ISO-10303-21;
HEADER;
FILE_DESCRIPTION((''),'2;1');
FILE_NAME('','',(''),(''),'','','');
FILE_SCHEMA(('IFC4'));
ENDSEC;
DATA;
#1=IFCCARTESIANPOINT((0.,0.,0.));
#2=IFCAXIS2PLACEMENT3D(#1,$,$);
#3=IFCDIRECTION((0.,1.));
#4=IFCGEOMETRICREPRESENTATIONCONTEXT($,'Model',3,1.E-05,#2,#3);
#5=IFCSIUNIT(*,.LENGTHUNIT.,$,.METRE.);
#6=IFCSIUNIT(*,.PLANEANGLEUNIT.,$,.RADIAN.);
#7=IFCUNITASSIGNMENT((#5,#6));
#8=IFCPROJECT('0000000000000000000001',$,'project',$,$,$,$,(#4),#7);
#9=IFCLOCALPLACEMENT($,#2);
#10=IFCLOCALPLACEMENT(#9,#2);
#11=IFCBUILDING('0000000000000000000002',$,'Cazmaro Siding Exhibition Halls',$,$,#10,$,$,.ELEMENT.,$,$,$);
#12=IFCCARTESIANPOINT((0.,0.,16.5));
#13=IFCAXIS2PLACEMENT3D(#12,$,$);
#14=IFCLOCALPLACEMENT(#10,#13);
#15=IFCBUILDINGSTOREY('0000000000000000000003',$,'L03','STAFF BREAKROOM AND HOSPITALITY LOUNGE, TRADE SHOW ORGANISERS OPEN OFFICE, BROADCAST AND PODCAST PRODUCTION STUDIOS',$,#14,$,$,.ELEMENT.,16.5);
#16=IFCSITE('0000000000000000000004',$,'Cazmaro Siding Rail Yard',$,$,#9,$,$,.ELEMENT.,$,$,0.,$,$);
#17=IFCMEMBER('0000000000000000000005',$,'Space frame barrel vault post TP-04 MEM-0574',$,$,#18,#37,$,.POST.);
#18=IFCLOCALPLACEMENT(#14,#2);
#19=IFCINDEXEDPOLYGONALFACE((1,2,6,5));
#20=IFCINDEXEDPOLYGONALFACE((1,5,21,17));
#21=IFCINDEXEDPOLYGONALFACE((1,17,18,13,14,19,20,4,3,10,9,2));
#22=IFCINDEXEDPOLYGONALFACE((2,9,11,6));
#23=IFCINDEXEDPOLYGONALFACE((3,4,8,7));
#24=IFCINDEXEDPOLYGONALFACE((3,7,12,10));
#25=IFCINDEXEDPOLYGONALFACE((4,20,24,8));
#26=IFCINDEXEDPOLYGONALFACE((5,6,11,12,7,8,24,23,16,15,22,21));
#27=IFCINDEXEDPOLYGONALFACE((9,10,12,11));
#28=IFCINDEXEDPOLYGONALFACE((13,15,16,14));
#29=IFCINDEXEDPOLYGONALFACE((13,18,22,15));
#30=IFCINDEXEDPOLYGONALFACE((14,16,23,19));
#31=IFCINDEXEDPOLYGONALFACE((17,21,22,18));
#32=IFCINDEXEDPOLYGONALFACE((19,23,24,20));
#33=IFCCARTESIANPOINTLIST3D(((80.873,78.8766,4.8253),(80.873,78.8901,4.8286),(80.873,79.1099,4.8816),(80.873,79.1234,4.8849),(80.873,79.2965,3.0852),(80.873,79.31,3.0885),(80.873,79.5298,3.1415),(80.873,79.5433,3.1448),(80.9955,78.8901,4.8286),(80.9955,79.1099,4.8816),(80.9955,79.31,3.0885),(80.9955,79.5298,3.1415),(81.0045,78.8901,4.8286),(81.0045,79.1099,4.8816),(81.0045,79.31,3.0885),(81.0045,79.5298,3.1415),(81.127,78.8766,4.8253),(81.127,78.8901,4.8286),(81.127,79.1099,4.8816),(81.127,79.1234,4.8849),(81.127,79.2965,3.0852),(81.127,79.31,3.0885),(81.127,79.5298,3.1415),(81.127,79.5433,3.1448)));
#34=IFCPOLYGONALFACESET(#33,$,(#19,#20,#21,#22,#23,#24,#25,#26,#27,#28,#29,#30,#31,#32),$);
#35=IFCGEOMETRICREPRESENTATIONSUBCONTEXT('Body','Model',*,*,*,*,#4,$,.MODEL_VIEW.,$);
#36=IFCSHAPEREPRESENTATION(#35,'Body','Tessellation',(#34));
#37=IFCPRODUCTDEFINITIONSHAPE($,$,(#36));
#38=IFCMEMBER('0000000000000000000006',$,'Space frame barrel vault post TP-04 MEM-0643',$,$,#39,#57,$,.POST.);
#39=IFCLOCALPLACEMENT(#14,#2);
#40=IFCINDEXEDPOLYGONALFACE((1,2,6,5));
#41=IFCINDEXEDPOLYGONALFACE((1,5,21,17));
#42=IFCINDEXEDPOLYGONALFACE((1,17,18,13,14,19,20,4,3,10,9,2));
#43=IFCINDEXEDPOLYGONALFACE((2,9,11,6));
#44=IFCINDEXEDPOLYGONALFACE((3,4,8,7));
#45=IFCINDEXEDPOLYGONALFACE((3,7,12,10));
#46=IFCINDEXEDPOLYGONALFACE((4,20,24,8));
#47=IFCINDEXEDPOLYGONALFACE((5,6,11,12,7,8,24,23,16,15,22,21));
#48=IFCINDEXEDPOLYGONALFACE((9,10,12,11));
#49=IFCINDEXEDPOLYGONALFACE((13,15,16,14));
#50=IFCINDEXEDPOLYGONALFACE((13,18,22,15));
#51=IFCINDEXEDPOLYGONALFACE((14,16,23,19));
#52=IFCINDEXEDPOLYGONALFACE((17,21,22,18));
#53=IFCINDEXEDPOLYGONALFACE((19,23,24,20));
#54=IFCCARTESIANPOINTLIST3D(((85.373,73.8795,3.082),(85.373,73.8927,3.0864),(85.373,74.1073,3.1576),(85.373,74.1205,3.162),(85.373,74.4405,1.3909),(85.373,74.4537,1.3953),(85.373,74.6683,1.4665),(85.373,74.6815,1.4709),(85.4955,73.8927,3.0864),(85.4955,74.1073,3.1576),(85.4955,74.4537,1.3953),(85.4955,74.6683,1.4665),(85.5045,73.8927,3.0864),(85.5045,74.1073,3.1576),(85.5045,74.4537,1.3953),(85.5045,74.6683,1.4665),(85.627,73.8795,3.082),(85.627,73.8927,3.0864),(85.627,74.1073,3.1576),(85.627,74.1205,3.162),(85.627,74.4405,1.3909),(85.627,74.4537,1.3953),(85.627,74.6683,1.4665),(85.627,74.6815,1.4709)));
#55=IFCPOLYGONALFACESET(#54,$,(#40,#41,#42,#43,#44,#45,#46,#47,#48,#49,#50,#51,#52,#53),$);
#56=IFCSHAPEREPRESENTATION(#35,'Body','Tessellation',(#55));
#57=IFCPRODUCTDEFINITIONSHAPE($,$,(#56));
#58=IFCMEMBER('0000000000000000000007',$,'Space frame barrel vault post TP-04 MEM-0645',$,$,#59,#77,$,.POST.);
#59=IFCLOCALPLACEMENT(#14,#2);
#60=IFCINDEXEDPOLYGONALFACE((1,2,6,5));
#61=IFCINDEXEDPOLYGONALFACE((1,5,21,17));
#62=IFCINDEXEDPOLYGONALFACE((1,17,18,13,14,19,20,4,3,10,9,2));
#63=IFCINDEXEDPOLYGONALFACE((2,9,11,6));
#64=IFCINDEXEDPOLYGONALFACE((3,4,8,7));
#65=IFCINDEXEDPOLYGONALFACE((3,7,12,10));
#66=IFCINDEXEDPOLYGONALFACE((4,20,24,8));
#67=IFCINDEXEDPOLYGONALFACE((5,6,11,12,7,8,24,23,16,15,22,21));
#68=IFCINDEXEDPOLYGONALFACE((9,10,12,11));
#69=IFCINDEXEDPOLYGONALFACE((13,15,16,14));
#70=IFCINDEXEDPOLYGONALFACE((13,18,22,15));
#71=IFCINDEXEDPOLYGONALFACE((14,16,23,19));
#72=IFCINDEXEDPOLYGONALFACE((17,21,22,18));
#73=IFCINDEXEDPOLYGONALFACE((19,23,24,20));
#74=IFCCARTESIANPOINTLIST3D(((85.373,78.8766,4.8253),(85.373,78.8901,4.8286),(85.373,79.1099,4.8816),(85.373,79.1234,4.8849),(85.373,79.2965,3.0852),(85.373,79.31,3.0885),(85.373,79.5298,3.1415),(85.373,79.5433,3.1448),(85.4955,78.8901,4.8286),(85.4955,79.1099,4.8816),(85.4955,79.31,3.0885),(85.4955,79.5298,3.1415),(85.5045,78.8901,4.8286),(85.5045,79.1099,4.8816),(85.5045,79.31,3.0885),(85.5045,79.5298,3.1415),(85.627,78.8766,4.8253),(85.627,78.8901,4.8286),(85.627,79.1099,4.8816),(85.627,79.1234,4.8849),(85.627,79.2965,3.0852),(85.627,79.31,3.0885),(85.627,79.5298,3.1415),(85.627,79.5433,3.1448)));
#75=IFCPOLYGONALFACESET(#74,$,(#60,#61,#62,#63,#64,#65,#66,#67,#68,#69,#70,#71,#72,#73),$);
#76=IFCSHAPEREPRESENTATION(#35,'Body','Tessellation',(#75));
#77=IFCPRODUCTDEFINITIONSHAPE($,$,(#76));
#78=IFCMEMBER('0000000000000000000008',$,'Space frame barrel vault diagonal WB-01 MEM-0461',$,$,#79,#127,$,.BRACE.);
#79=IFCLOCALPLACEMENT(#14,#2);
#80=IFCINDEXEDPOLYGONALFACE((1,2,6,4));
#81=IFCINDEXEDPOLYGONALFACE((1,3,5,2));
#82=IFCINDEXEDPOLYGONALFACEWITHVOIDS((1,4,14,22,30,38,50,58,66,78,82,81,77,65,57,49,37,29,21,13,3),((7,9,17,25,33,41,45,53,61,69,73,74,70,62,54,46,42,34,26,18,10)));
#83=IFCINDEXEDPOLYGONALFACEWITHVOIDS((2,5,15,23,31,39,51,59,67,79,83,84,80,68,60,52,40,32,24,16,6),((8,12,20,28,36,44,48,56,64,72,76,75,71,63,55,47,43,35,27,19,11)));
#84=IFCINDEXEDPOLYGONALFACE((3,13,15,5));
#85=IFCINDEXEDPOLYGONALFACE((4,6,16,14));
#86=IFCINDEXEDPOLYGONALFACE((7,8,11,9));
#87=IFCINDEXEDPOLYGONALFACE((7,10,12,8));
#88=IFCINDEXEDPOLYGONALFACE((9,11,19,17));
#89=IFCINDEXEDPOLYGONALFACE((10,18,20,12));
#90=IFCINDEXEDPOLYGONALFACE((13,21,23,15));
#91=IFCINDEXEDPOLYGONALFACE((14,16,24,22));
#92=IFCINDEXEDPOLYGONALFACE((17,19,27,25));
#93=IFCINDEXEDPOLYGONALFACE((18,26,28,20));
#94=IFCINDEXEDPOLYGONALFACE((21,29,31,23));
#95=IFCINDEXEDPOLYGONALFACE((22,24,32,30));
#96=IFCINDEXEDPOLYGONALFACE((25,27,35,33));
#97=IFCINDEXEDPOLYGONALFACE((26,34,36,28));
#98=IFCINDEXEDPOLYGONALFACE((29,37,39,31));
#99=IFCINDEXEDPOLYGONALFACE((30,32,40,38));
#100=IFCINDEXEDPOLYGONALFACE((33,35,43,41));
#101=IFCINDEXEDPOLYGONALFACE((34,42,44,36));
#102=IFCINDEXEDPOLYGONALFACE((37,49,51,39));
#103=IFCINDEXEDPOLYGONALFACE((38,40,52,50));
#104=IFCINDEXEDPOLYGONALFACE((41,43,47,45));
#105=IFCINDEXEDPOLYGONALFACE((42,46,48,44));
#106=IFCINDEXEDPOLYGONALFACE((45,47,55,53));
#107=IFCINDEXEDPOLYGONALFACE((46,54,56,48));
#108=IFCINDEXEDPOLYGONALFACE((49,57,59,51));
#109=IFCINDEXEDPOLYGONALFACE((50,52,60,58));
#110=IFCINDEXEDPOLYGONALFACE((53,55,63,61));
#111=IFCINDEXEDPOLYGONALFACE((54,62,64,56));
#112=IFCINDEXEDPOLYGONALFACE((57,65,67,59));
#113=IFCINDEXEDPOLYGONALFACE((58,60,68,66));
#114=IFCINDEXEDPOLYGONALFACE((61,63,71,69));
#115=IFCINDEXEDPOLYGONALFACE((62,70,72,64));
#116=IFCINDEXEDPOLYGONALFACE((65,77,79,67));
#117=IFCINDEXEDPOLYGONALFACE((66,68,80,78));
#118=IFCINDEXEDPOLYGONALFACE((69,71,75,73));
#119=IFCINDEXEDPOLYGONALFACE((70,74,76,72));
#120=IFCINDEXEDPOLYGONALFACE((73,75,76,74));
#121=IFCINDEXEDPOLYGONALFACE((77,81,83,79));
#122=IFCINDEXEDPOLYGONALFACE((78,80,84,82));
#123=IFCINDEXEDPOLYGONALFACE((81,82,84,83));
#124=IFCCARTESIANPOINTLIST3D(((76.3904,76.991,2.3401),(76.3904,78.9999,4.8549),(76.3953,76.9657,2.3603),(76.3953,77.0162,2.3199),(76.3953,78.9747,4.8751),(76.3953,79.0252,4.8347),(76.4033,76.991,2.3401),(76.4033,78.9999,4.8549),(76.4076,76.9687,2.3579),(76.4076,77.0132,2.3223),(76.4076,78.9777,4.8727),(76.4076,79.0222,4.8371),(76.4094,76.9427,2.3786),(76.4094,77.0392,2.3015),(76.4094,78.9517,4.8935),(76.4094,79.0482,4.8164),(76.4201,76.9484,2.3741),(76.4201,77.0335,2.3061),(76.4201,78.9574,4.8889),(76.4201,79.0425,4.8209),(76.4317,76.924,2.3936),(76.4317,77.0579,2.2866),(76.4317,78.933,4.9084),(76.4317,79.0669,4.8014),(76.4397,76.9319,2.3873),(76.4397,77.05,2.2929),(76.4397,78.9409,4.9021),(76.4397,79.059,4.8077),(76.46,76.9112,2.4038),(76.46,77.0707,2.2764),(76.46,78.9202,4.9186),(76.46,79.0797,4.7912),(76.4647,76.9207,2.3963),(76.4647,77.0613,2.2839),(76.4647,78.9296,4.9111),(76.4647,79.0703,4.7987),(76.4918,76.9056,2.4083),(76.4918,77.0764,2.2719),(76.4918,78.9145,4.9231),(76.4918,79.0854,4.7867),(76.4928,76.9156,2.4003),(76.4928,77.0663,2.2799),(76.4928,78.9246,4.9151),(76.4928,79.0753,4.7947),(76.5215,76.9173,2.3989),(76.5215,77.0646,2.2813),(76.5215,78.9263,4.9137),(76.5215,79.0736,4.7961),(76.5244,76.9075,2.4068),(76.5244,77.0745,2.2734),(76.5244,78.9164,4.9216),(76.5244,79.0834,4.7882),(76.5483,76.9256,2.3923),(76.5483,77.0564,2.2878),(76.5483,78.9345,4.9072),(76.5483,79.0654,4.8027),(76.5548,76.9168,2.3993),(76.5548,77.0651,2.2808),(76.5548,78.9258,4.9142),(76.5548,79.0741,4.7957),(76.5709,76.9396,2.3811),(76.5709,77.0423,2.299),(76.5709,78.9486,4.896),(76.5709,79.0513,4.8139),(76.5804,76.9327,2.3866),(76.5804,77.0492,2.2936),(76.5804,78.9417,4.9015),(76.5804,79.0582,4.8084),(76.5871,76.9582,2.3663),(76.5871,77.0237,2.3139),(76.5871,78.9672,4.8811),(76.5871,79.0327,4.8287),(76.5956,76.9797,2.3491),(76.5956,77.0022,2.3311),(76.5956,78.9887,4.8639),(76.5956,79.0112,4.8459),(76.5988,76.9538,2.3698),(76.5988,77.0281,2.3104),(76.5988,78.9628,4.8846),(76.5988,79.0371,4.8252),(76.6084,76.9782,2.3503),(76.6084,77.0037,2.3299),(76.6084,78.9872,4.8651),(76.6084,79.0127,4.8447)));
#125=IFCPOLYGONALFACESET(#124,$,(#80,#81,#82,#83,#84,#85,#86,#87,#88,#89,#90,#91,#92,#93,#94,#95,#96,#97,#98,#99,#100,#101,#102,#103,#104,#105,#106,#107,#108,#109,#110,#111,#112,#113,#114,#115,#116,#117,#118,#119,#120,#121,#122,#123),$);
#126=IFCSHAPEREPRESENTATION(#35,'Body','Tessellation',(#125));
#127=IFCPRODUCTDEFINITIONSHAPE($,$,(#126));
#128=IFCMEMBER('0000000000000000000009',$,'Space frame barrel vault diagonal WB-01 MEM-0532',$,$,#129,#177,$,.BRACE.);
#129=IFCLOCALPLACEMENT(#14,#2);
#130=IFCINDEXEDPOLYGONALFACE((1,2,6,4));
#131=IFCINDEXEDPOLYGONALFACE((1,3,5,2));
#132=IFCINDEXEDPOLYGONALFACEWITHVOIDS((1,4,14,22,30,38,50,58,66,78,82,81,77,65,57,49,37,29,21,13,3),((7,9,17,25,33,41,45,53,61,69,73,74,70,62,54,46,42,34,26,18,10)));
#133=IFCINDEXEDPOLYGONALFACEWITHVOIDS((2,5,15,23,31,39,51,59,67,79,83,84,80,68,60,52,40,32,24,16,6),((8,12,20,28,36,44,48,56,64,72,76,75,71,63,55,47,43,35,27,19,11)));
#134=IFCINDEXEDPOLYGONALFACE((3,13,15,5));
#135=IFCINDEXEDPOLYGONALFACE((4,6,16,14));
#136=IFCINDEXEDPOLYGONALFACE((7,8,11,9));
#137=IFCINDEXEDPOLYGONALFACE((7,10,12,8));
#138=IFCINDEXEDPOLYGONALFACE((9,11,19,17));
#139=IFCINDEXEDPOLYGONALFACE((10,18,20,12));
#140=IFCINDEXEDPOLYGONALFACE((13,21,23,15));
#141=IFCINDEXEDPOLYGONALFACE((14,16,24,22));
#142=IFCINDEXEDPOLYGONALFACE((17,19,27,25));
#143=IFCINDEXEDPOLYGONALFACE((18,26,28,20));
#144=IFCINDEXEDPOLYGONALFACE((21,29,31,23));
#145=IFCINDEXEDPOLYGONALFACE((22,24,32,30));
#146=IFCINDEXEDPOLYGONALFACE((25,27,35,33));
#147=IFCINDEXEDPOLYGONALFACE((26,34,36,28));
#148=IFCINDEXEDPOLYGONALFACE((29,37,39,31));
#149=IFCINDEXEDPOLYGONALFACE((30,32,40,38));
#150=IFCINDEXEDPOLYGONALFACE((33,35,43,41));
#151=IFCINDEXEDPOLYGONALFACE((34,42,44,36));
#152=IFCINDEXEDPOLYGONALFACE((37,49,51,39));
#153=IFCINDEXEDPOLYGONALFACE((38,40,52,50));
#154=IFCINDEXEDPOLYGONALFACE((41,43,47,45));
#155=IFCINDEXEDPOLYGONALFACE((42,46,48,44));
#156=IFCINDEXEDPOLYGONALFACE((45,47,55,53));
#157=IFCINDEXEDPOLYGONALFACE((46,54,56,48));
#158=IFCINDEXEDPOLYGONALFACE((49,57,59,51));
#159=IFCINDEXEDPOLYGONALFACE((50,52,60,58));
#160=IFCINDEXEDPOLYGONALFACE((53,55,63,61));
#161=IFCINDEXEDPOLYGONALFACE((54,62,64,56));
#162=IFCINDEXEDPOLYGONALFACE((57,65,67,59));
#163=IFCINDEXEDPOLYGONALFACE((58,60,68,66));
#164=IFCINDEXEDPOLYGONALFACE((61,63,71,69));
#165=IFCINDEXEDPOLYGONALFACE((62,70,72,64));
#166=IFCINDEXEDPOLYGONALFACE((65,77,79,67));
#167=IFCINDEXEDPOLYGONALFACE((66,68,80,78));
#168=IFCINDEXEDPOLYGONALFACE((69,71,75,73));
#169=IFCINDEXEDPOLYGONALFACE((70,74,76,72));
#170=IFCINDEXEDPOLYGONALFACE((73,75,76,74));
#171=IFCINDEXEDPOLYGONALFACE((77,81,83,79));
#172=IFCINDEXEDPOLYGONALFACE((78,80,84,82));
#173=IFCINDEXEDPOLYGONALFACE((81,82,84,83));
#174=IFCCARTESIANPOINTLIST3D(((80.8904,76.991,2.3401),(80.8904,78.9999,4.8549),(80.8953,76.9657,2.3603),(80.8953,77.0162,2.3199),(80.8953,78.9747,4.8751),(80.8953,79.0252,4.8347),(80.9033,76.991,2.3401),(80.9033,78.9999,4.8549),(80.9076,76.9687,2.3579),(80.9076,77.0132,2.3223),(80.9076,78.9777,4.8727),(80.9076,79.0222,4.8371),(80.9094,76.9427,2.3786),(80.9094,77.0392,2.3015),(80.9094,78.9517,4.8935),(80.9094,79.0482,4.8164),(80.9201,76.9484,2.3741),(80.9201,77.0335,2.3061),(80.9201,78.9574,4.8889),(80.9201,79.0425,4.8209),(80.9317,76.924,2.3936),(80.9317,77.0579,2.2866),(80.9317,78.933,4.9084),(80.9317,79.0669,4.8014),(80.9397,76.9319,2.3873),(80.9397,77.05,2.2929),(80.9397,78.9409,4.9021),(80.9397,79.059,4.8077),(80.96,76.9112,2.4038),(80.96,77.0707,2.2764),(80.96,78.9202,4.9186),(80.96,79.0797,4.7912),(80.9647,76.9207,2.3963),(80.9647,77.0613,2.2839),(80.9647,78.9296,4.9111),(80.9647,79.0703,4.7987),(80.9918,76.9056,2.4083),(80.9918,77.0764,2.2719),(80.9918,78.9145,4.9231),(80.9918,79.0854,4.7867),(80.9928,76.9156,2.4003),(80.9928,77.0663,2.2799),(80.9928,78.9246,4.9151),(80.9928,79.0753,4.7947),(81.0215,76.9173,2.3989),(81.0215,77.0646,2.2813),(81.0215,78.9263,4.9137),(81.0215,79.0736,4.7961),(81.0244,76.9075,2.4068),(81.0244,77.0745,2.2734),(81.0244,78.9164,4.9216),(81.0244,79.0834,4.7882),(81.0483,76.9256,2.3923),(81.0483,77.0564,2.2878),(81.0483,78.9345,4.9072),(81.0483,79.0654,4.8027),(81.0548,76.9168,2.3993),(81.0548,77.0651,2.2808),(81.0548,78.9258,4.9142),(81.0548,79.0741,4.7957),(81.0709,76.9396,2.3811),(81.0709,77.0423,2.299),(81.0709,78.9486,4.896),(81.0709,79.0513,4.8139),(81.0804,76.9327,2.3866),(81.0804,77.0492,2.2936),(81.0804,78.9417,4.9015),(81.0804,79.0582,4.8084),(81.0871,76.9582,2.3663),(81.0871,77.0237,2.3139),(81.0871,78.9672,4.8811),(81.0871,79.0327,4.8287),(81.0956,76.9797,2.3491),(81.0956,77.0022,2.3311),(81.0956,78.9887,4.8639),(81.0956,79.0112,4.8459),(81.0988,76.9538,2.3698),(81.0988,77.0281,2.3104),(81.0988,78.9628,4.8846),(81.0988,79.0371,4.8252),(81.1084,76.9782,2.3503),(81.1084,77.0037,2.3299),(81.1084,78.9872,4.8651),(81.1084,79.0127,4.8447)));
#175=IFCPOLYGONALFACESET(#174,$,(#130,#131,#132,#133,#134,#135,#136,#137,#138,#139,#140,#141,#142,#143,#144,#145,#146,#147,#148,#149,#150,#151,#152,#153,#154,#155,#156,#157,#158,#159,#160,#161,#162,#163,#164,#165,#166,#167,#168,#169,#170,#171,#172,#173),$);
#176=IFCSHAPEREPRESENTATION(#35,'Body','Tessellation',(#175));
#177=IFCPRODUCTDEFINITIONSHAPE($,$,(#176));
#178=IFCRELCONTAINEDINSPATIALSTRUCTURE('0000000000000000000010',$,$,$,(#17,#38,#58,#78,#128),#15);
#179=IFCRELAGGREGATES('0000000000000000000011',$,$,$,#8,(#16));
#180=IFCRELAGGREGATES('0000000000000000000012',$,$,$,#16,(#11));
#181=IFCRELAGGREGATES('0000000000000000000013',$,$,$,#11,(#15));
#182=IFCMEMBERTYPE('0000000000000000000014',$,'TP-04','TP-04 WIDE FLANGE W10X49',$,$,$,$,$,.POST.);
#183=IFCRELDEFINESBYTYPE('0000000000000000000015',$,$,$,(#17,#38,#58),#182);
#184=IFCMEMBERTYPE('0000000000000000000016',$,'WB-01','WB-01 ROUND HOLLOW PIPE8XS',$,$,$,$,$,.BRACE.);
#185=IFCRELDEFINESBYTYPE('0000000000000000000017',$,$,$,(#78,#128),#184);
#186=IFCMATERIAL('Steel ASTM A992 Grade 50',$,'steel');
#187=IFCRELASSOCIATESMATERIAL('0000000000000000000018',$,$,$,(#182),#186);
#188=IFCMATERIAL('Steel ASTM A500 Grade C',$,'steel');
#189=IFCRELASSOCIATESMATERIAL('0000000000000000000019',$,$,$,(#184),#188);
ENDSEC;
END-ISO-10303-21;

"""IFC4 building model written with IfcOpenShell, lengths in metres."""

from ifc_helpers import new_model, si_unit, direction, frame, origin, origin_2d, place, context, subcontext, project, spatial, hollow_circle, i_section, extrude, material, material_profile, profile_set, type_object, element, save


model = new_model("IFC4")

# Units and contexts
model_context = context("Model", 3, precision=1e-05, world=origin(), true_north=direction((0.0, 1.0)))
body_context = subcontext(model_context, "Body", "Model", "MODEL_VIEW")
ifc_project = project(units=[si_unit("LENGTHUNIT", "METRE"), si_unit("PLANEANGLEUNIT", "RADIAN")], contexts=[model_context])

# Site, building, storey
site_placement = place(None, origin())
site = spatial("IfcSite", under=ifc_project, at=site_placement, Name="Cazmaro Siding Rail Yard", CompositionType="ELEMENT", RefElevation=0.0)
building_placement = place(site_placement, origin())
building = spatial("IfcBuilding", under=site, at=building_placement, Name="Cazmaro Siding Exhibition Halls", CompositionType="ELEMENT")
storey_placement = place(building_placement, frame((0.0, 0.0, 16.5)))
storey = spatial("IfcBuildingStorey", under=building, at=storey_placement, Name="L03", Description="STAFF BREAKROOM AND HOSPITALITY LOUNGE, TRADE SHOW ORGANISERS OPEN OFFICE, BROADCAST AND PODCAST PRODUCTION STUDIOS", CompositionType="ELEMENT", Elevation=16.5)

# Members
ifc_material_1 = material(Name="Steel ASTM A992 Grade 50", Category="steel")
ifc_material_profile_1 = material_profile(ifc_material_1, i_section(OverallWidth=0.2539, OverallDepth=0.2539, WebThickness=0.009, FlangeThickness=0.0139, at=origin_2d()), Name="W10X49")
ifc_profile_set_1 = profile_set([ifc_material_profile_1], Name="Steel ASTM A992 Grade 50")
member_type_1 = type_object("IfcMemberType", Name="TP-04", Description="TP-04 WIDE FLANGE W10X49", PredefinedType="POST", material=ifc_profile_set_1)
member_1_placement = place(storey_placement, frame((81.0, 79.4199, 3.115), z_axis=(0.0, -0.234601, 0.972092), x_axis=(1.0, 0.0, 0.0)))
element("IfcMember", 1, at=member_1_placement, inside=storey, type_object=member_type_1, Name="Space frame barrel vault post TP-04 MEM-0574", PredefinedType="POST", context=body_context, shape_type="SweptSolid", body=[
    extrude(i_section(OverallWidth=0.2539, OverallDepth=0.2539, WebThickness=0.009, FlangeThickness=0.0139, at=origin_2d()), origin(), (0.0, 0.0, 1.0), 1.79),
])
member_2_placement = place(storey_placement, frame((85.5, 74.561, 1.4309), z_axis=(0.0, -0.314871, 0.949134), x_axis=(1.0, 0.0, 0.0)))
element("IfcMember", 2, at=member_2_placement, inside=storey, type_object=member_type_1, Name="Space frame barrel vault post TP-04 MEM-0643", PredefinedType="POST", context=body_context, shape_type="SweptSolid", body=[
    extrude(i_section(OverallWidth=0.2539, OverallDepth=0.2539, WebThickness=0.009, FlangeThickness=0.0139, at=origin_2d()), origin(), (0.0, 0.0, 1.0), 1.7817),
])
member_3_placement = place(storey_placement, frame((85.5, 79.4199, 3.115), z_axis=(0.0, -0.234601, 0.972092), x_axis=(1.0, 0.0, 0.0)))
element("IfcMember", 3, at=member_3_placement, inside=storey, type_object=member_type_1, Name="Space frame barrel vault post TP-04 MEM-0645", PredefinedType="POST", context=body_context, shape_type="SweptSolid", body=[
    extrude(i_section(OverallWidth=0.2539, OverallDepth=0.2539, WebThickness=0.009, FlangeThickness=0.0139, at=origin_2d()), origin(), (0.0, 0.0, 1.0), 1.79),
])
ifc_material_2 = material(Name="Steel ASTM A500 Grade C", Category="steel")
ifc_material_profile_2 = material_profile(ifc_material_2, hollow_circle(Radius=0.1096, WallThickness=0.0129, at=origin_2d()), Name="PIPE8XS")
ifc_profile_set_2 = profile_set([ifc_material_profile_2], Name="Steel ASTM A500 Grade C")
member_type_2 = type_object("IfcMemberType", Name="WB-01", Description="WB-01 ROUND HOLLOW PIPE8XS", PredefinedType="BRACE", material=ifc_profile_set_2)
for number, where, z_axis, x_axis, name in (
    (4, (76.5, 76.991, 2.3401), (0.0, 0.624149, 0.781305), (-1.0, 0.0, 0.0), "Space frame barrel vault diagonal WB-01 MEM-0461"),
    (5, (81.0, 76.991, 2.3401), (0.0, 0.624149, 0.781305), (-1.0, 0.0, 0.0), "Space frame barrel vault diagonal WB-01 MEM-0532"),
):
    element("IfcMember", number, at=place(storey_placement, frame(where, z_axis=z_axis, x_axis=x_axis)), inside=storey, type_object=member_type_2, Name=name, PredefinedType="BRACE", context=body_context, shape_type="SweptSolid", body=[
        extrude(hollow_circle(Radius=0.1096, WallThickness=0.0129, at=origin_2d()), origin(), (0.0, 0.0, 1.0), 3.2188),
    ])

save(model, "model.ifc")
